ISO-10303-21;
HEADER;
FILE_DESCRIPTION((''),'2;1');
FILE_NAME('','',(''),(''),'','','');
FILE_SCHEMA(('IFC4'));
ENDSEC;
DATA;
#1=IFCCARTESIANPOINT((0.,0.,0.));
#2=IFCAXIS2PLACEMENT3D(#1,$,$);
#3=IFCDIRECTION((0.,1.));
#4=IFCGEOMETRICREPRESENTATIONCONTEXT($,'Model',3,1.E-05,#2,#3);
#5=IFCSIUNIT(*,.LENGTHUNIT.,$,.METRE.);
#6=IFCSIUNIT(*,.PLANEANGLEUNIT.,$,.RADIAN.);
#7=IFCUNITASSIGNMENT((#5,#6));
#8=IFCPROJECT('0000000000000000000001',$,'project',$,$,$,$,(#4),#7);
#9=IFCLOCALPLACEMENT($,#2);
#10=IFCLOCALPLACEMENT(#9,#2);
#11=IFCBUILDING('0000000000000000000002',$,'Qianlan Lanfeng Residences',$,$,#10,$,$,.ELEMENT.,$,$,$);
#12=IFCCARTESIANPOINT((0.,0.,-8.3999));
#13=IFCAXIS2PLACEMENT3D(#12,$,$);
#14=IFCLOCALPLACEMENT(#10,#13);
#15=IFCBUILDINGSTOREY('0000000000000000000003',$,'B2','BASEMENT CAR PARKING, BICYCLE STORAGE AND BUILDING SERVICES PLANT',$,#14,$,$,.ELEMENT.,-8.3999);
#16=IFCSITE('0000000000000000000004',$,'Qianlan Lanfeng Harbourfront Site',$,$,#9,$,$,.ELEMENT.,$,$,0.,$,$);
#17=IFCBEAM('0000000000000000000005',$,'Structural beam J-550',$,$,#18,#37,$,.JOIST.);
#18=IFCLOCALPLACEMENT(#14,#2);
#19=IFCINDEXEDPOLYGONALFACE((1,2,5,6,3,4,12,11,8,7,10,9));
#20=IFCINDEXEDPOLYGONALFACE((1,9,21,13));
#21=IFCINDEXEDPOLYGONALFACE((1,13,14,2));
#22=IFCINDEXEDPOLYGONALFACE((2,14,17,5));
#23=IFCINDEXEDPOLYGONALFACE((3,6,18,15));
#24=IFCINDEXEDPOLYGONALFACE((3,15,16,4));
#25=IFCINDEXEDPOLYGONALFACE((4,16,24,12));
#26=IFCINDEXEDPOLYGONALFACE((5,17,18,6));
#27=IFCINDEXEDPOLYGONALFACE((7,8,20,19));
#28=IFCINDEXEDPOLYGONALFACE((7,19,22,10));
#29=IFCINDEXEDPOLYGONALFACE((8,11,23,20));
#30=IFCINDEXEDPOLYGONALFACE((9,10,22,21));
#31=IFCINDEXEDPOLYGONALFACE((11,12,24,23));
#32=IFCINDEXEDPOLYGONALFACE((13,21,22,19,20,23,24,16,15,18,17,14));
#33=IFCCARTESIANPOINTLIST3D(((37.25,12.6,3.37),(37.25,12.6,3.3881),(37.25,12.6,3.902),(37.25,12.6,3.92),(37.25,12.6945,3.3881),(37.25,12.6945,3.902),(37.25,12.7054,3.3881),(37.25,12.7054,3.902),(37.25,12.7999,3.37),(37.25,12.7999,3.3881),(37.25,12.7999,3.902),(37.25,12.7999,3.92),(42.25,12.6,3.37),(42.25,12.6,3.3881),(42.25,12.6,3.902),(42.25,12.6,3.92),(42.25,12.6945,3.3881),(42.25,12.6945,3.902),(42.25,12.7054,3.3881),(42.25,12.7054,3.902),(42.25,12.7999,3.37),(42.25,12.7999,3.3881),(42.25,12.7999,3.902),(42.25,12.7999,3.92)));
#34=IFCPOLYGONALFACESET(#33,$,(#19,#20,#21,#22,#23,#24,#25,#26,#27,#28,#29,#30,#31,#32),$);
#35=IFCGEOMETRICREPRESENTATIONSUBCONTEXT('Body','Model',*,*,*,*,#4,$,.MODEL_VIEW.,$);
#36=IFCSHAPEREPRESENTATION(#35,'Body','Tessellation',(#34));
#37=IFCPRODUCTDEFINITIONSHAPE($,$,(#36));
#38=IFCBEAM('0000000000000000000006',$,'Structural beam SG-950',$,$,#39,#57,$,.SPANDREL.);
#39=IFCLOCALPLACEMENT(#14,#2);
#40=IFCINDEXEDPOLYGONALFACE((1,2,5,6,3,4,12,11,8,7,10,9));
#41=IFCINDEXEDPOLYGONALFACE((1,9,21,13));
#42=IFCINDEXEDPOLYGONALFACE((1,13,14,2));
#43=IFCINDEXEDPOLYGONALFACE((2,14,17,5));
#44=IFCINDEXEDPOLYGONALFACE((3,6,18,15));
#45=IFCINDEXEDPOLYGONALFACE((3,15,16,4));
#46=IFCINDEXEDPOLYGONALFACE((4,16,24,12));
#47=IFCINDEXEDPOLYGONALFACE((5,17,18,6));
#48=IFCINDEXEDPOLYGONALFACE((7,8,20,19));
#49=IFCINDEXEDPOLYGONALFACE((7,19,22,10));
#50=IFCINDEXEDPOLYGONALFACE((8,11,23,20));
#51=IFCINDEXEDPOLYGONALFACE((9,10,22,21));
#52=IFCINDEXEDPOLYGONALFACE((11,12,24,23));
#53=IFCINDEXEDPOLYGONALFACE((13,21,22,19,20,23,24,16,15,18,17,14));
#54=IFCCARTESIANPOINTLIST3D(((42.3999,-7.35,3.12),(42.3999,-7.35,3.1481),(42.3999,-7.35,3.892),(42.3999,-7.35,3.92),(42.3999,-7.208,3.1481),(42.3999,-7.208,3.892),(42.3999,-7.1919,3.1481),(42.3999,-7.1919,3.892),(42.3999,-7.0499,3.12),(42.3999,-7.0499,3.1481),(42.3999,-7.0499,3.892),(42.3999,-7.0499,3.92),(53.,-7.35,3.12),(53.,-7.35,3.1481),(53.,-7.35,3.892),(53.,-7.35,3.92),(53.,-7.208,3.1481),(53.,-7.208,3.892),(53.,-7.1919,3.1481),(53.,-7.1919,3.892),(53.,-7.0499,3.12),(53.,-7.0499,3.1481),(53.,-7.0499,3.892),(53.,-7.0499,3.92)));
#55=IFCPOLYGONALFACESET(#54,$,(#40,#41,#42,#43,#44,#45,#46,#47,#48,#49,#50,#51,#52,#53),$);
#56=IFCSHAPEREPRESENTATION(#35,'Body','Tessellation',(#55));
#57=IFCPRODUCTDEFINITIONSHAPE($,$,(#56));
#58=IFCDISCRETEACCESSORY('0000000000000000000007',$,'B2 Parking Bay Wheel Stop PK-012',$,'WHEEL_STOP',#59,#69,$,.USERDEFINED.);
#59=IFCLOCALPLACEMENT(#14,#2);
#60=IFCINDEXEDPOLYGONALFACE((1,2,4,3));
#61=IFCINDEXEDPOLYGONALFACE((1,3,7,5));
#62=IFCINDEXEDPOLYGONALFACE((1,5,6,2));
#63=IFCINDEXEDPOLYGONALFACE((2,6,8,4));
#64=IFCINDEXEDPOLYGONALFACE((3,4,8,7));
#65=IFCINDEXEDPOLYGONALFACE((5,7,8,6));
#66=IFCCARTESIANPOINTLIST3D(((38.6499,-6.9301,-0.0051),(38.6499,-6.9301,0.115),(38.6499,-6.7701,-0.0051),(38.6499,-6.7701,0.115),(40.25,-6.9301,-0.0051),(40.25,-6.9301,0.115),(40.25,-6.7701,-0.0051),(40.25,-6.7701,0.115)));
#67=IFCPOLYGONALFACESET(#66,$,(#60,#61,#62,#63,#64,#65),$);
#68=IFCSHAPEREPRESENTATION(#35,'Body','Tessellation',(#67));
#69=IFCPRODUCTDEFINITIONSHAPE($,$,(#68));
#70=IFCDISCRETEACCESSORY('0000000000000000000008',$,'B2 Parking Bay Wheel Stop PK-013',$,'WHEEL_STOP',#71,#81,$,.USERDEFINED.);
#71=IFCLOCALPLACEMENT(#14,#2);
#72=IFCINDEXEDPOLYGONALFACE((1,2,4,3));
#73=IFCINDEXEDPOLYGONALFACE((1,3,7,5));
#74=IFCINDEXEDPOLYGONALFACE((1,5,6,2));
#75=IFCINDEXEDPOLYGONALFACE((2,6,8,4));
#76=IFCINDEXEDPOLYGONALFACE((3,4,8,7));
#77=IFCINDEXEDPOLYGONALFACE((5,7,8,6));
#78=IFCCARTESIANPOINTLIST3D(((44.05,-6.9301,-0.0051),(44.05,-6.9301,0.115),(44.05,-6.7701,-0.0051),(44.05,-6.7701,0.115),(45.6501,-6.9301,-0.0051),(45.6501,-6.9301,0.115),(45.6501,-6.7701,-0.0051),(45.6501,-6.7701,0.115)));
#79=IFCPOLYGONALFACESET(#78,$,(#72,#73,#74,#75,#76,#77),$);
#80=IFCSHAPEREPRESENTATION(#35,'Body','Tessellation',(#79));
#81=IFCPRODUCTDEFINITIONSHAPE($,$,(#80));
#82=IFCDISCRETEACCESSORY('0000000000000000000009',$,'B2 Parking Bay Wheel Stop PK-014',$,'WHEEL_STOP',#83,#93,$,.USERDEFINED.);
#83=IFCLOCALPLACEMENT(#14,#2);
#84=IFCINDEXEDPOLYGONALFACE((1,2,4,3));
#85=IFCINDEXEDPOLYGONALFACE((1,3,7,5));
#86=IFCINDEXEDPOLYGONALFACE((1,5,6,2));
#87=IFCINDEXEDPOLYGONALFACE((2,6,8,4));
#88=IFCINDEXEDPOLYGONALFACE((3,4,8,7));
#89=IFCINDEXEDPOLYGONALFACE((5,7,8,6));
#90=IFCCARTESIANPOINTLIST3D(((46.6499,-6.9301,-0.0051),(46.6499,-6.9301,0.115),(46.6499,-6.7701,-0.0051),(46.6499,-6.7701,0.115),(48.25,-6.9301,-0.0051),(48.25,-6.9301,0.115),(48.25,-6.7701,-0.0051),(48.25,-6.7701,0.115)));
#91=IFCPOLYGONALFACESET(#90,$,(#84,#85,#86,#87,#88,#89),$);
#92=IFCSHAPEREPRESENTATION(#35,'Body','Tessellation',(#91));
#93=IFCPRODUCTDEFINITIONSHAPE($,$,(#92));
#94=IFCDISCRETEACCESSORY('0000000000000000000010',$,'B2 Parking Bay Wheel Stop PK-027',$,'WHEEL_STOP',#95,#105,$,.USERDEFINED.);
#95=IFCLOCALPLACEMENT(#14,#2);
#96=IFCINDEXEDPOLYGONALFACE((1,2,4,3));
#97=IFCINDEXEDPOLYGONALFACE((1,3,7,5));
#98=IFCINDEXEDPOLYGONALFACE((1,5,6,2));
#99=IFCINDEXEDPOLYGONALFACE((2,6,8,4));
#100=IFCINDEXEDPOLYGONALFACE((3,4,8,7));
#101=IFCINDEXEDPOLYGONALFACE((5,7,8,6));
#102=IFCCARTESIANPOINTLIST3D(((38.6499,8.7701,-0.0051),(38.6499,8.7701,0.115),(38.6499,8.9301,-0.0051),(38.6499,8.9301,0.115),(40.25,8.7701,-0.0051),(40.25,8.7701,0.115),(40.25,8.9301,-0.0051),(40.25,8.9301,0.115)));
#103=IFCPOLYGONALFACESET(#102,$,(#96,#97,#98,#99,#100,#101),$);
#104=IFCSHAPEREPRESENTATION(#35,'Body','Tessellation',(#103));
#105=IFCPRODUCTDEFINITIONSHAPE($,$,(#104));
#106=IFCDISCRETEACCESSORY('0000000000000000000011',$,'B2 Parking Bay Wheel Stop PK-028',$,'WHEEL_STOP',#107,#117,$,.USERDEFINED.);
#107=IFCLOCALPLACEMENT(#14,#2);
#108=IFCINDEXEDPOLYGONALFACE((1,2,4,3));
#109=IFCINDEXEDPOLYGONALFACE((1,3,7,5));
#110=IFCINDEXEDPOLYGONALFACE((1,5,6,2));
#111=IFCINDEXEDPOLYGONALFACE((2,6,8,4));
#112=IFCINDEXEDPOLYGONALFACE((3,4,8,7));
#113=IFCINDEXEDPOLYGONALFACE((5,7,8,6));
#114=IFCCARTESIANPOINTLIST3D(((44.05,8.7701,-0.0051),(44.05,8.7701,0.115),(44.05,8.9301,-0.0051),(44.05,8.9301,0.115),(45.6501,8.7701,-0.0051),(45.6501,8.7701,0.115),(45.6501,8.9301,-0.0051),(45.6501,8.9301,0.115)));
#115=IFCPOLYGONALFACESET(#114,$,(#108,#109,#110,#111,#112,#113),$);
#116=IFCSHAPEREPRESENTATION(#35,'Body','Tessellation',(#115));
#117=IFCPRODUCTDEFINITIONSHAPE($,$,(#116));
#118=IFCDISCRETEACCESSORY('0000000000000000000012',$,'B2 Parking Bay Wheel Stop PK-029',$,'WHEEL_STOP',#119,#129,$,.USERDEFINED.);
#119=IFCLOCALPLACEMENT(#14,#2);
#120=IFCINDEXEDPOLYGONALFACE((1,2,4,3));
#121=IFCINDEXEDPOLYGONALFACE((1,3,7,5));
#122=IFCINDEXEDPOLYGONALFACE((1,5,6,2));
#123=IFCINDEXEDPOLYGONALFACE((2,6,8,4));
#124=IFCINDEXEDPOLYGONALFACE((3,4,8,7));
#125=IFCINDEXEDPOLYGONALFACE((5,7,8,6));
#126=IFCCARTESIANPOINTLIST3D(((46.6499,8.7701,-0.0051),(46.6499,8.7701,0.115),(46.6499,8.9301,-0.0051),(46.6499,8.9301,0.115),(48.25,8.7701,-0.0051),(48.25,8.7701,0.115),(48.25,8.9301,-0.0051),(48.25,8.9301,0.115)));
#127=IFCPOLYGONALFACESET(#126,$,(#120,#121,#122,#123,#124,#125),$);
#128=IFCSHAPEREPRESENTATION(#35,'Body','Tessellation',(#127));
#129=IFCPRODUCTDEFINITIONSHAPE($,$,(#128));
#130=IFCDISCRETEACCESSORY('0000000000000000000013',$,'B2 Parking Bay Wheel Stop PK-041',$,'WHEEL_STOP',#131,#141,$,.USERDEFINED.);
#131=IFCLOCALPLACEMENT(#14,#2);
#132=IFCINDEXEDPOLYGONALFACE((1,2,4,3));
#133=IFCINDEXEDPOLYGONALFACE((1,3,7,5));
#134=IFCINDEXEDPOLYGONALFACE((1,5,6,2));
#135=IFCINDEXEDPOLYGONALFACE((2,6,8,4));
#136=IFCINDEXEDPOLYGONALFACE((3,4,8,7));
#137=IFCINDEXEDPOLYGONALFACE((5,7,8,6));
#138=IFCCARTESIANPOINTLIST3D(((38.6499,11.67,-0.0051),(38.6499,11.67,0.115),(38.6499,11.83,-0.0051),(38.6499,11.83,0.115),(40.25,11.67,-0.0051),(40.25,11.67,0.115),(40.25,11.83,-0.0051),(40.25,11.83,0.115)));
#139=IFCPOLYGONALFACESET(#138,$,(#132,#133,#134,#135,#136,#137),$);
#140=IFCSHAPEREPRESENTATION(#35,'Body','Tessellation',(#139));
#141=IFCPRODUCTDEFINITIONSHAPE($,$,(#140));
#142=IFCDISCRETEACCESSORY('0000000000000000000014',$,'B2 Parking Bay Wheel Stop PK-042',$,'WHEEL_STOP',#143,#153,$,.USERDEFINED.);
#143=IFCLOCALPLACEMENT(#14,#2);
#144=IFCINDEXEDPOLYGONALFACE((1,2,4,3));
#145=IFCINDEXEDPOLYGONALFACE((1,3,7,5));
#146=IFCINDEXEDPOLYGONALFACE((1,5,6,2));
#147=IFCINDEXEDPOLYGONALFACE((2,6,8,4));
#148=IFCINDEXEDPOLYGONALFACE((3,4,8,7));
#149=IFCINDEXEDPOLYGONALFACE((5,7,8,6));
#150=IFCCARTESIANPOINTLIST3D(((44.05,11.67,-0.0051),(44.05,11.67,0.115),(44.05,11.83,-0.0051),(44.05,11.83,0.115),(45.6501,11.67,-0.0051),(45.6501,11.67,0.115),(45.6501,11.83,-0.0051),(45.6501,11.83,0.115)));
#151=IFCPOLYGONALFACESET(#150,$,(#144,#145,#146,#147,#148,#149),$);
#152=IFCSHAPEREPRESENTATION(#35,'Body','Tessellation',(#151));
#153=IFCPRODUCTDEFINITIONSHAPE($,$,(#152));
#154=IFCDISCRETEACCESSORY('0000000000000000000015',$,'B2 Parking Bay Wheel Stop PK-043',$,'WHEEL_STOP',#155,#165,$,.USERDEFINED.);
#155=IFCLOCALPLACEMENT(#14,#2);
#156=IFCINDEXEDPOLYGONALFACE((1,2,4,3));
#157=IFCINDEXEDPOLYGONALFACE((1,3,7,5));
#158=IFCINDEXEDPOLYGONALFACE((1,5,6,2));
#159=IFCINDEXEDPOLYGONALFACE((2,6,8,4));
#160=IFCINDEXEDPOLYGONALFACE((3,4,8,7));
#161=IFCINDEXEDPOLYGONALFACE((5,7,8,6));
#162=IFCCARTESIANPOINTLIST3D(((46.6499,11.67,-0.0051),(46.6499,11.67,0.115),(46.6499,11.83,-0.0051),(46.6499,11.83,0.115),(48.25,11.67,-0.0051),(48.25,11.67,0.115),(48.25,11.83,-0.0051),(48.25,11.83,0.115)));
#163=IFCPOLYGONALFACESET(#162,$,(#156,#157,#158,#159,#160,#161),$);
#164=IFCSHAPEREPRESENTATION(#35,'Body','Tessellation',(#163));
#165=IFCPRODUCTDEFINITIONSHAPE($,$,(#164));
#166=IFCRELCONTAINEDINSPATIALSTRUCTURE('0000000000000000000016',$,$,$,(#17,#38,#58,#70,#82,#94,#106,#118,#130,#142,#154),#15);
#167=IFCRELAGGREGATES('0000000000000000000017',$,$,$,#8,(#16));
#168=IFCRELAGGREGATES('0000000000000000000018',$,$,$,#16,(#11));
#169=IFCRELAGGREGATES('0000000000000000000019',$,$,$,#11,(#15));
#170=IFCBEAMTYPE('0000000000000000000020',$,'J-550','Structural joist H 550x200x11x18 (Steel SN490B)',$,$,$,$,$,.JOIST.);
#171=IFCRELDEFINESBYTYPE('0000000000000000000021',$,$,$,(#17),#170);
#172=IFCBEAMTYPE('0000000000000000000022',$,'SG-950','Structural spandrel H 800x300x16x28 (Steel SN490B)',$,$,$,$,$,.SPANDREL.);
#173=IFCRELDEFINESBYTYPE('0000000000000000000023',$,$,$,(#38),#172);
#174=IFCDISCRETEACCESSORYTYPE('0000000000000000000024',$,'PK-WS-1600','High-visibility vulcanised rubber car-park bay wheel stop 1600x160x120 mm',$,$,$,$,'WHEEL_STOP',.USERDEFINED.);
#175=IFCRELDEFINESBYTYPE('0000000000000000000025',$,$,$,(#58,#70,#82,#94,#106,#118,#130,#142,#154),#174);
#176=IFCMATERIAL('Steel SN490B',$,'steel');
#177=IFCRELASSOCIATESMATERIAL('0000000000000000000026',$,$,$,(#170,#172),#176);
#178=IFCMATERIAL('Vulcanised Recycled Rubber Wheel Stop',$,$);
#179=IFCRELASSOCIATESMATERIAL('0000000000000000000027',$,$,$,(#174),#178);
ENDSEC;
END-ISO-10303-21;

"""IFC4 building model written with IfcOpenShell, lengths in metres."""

from ifc_helpers import new_model, si_unit, direction, frame, origin, origin_2d, place, context, subcontext, project, spatial, rectangle, i_section, extrude, source, transform, mapped, material, material_profile, profile_set, type_object, element, save


model = new_model("IFC4")

# Units and contexts
model_context = context("Model", 3, precision=1e-05, world=origin(), true_north=direction((0.0, 1.0)))
body_context = subcontext(model_context, "Body", "Model", "MODEL_VIEW")
ifc_project = project(units=[si_unit("LENGTHUNIT", "METRE"), si_unit("PLANEANGLEUNIT", "RADIAN")], contexts=[model_context])

# Site, building, storey
site_placement = place(None, origin())
site = spatial("IfcSite", under=ifc_project, at=site_placement, Name="Qianlan Lanfeng Harbourfront Site", CompositionType="ELEMENT", RefElevation=0.0)
building_placement = place(site_placement, origin())
building = spatial("IfcBuilding", under=site, at=building_placement, Name="Qianlan Lanfeng Residences", CompositionType="ELEMENT")
storey_placement = place(building_placement, frame((0.0, 0.0, -8.3999)))
storey = spatial("IfcBuildingStorey", under=building, at=storey_placement, Name="B2", Description="BASEMENT CAR PARKING, BICYCLE STORAGE AND BUILDING SERVICES PLANT", CompositionType="ELEMENT", Elevation=-8.3999)

# Beams
ifc_material_1 = material(Name="Steel SN490B", Category="steel")
ifc_material_profile_1 = material_profile(ifc_material_1, i_section(OverallWidth=0.2, OverallDepth=0.55, WebThickness=0.011, FlangeThickness=0.0181, at=origin_2d()), Name="H 550x200x11x18")
ifc_profile_set_1 = profile_set([ifc_material_profile_1], Name="Steel SN490B")
beam_type_1 = type_object("IfcBeamType", Name="J-550", Description="Structural joist H 550x200x11x18 (Steel SN490B)", PredefinedType="JOIST", material=ifc_profile_set_1)
beam_1_placement = place(storey_placement, frame((37.25, 12.7, 3.645), z_axis=(1.0, 0.0, 0.0), x_axis=(0.0, 1.0, 0.0)))
element("IfcBeam", 1, at=beam_1_placement, inside=storey, type_object=beam_type_1, Name="Structural beam J-550", PredefinedType="JOIST", context=body_context, shape_type="SweptSolid", body=[
    extrude(i_section(OverallWidth=0.2, OverallDepth=0.55, WebThickness=0.011, FlangeThickness=0.0181, at=origin_2d()), origin(), (0.0, 0.0, 1.0), 5.0),
])
ifc_material_profile_2 = material_profile(ifc_material_1, i_section(OverallWidth=0.3, OverallDepth=0.8, WebThickness=0.0161, FlangeThickness=0.0281, at=origin_2d()), Name="H 800x300x16x28")
ifc_profile_set_2 = profile_set([ifc_material_profile_2], Name="Steel SN490B")
beam_type_2 = type_object("IfcBeamType", Name="SG-950", Description="Structural spandrel H 800x300x16x28 (Steel SN490B)", PredefinedType="SPANDREL", material=ifc_profile_set_2)
beam_2_placement = place(storey_placement, frame((42.3999, -7.2, 3.52), z_axis=(1.0, 0.0, 0.0), x_axis=(0.0, 1.0, 0.0)))
element("IfcBeam", 2, at=beam_2_placement, inside=storey, type_object=beam_type_2, Name="Structural beam SG-950", PredefinedType="SPANDREL", context=body_context, shape_type="SweptSolid", body=[
    extrude(i_section(OverallWidth=0.3, OverallDepth=0.8, WebThickness=0.0161, FlangeThickness=0.0281, at=origin_2d()), origin(), (0.0, 0.0, 1.0), 10.6001),
])

# Discrete accessories
ifc_material_2 = material(Name="Vulcanised Recycled Rubber Wheel Stop")
discrete_accessory_type = type_object("IfcDiscreteAccessoryType", Name="PK-WS-1600", Description="High-visibility vulcanised rubber car-park bay wheel stop 1600x160x120 mm", ElementType="WHEEL_STOP", PredefinedType="USERDEFINED", material=ifc_material_2)
shared_shape = source(origin(), body_context, "Body", "SweptSolid", [
    extrude(rectangle(XDim=1.6001, YDim=0.1599, at=origin_2d()), origin(), (0.0, 0.0, 1.0), 0.1201),
])
for number, where, z_axis, x_axis, name in (
    (3, (39.45, -6.8501, -0.0051), (0.0, 0.0, 1.0), (1.0, 0.0, 0.0), "B2 Parking Bay Wheel Stop PK-012"),
    (4, (44.8501, -6.8501, -0.0051), (0.0, 0.0, 1.0), (1.0, 0.0, 0.0), "B2 Parking Bay Wheel Stop PK-013"),
    (5, (47.45, -6.8501, -0.0051), (0.0, 0.0, 1.0), (1.0, 0.0, 0.0), "B2 Parking Bay Wheel Stop PK-014"),
    (6, (39.45, 8.8501, -0.0051), (0.0, 0.0, 1.0), (1.0, 0.0, 0.0), "B2 Parking Bay Wheel Stop PK-027"),
    (7, (44.8501, 8.8501, -0.0051), (0.0, 0.0, 1.0), (1.0, 0.0, 0.0), "B2 Parking Bay Wheel Stop PK-028"),
    (8, (47.45, 8.8501, -0.0051), (0.0, 0.0, 1.0), (1.0, 0.0, 0.0), "B2 Parking Bay Wheel Stop PK-029"),
    (9, (39.45, 11.75, -0.0051), (0.0, 0.0, 1.0), (1.0, 0.0, 0.0), "B2 Parking Bay Wheel Stop PK-041"),
    (10, (44.8501, 11.75, -0.0051), (0.0, 0.0, 1.0), (1.0, 0.0, 0.0), "B2 Parking Bay Wheel Stop PK-042"),
    (11, (47.45, 11.75, -0.0051), (0.0, 0.0, 1.0), (1.0, 0.0, 0.0), "B2 Parking Bay Wheel Stop PK-043"),
):
    element("IfcDiscreteAccessory", number, at=place(storey_placement, frame(where, z_axis=z_axis, x_axis=x_axis)), inside=storey, type_object=discrete_accessory_type, Name=name, ObjectType="WHEEL_STOP", PredefinedType="USERDEFINED", context=body_context, shape_type="MappedRepresentation", body=[
        mapped(shared_shape, transform((0.0, 0.0, 0.0), scale=1.0)),
    ])

save(model, "model.ifc")
